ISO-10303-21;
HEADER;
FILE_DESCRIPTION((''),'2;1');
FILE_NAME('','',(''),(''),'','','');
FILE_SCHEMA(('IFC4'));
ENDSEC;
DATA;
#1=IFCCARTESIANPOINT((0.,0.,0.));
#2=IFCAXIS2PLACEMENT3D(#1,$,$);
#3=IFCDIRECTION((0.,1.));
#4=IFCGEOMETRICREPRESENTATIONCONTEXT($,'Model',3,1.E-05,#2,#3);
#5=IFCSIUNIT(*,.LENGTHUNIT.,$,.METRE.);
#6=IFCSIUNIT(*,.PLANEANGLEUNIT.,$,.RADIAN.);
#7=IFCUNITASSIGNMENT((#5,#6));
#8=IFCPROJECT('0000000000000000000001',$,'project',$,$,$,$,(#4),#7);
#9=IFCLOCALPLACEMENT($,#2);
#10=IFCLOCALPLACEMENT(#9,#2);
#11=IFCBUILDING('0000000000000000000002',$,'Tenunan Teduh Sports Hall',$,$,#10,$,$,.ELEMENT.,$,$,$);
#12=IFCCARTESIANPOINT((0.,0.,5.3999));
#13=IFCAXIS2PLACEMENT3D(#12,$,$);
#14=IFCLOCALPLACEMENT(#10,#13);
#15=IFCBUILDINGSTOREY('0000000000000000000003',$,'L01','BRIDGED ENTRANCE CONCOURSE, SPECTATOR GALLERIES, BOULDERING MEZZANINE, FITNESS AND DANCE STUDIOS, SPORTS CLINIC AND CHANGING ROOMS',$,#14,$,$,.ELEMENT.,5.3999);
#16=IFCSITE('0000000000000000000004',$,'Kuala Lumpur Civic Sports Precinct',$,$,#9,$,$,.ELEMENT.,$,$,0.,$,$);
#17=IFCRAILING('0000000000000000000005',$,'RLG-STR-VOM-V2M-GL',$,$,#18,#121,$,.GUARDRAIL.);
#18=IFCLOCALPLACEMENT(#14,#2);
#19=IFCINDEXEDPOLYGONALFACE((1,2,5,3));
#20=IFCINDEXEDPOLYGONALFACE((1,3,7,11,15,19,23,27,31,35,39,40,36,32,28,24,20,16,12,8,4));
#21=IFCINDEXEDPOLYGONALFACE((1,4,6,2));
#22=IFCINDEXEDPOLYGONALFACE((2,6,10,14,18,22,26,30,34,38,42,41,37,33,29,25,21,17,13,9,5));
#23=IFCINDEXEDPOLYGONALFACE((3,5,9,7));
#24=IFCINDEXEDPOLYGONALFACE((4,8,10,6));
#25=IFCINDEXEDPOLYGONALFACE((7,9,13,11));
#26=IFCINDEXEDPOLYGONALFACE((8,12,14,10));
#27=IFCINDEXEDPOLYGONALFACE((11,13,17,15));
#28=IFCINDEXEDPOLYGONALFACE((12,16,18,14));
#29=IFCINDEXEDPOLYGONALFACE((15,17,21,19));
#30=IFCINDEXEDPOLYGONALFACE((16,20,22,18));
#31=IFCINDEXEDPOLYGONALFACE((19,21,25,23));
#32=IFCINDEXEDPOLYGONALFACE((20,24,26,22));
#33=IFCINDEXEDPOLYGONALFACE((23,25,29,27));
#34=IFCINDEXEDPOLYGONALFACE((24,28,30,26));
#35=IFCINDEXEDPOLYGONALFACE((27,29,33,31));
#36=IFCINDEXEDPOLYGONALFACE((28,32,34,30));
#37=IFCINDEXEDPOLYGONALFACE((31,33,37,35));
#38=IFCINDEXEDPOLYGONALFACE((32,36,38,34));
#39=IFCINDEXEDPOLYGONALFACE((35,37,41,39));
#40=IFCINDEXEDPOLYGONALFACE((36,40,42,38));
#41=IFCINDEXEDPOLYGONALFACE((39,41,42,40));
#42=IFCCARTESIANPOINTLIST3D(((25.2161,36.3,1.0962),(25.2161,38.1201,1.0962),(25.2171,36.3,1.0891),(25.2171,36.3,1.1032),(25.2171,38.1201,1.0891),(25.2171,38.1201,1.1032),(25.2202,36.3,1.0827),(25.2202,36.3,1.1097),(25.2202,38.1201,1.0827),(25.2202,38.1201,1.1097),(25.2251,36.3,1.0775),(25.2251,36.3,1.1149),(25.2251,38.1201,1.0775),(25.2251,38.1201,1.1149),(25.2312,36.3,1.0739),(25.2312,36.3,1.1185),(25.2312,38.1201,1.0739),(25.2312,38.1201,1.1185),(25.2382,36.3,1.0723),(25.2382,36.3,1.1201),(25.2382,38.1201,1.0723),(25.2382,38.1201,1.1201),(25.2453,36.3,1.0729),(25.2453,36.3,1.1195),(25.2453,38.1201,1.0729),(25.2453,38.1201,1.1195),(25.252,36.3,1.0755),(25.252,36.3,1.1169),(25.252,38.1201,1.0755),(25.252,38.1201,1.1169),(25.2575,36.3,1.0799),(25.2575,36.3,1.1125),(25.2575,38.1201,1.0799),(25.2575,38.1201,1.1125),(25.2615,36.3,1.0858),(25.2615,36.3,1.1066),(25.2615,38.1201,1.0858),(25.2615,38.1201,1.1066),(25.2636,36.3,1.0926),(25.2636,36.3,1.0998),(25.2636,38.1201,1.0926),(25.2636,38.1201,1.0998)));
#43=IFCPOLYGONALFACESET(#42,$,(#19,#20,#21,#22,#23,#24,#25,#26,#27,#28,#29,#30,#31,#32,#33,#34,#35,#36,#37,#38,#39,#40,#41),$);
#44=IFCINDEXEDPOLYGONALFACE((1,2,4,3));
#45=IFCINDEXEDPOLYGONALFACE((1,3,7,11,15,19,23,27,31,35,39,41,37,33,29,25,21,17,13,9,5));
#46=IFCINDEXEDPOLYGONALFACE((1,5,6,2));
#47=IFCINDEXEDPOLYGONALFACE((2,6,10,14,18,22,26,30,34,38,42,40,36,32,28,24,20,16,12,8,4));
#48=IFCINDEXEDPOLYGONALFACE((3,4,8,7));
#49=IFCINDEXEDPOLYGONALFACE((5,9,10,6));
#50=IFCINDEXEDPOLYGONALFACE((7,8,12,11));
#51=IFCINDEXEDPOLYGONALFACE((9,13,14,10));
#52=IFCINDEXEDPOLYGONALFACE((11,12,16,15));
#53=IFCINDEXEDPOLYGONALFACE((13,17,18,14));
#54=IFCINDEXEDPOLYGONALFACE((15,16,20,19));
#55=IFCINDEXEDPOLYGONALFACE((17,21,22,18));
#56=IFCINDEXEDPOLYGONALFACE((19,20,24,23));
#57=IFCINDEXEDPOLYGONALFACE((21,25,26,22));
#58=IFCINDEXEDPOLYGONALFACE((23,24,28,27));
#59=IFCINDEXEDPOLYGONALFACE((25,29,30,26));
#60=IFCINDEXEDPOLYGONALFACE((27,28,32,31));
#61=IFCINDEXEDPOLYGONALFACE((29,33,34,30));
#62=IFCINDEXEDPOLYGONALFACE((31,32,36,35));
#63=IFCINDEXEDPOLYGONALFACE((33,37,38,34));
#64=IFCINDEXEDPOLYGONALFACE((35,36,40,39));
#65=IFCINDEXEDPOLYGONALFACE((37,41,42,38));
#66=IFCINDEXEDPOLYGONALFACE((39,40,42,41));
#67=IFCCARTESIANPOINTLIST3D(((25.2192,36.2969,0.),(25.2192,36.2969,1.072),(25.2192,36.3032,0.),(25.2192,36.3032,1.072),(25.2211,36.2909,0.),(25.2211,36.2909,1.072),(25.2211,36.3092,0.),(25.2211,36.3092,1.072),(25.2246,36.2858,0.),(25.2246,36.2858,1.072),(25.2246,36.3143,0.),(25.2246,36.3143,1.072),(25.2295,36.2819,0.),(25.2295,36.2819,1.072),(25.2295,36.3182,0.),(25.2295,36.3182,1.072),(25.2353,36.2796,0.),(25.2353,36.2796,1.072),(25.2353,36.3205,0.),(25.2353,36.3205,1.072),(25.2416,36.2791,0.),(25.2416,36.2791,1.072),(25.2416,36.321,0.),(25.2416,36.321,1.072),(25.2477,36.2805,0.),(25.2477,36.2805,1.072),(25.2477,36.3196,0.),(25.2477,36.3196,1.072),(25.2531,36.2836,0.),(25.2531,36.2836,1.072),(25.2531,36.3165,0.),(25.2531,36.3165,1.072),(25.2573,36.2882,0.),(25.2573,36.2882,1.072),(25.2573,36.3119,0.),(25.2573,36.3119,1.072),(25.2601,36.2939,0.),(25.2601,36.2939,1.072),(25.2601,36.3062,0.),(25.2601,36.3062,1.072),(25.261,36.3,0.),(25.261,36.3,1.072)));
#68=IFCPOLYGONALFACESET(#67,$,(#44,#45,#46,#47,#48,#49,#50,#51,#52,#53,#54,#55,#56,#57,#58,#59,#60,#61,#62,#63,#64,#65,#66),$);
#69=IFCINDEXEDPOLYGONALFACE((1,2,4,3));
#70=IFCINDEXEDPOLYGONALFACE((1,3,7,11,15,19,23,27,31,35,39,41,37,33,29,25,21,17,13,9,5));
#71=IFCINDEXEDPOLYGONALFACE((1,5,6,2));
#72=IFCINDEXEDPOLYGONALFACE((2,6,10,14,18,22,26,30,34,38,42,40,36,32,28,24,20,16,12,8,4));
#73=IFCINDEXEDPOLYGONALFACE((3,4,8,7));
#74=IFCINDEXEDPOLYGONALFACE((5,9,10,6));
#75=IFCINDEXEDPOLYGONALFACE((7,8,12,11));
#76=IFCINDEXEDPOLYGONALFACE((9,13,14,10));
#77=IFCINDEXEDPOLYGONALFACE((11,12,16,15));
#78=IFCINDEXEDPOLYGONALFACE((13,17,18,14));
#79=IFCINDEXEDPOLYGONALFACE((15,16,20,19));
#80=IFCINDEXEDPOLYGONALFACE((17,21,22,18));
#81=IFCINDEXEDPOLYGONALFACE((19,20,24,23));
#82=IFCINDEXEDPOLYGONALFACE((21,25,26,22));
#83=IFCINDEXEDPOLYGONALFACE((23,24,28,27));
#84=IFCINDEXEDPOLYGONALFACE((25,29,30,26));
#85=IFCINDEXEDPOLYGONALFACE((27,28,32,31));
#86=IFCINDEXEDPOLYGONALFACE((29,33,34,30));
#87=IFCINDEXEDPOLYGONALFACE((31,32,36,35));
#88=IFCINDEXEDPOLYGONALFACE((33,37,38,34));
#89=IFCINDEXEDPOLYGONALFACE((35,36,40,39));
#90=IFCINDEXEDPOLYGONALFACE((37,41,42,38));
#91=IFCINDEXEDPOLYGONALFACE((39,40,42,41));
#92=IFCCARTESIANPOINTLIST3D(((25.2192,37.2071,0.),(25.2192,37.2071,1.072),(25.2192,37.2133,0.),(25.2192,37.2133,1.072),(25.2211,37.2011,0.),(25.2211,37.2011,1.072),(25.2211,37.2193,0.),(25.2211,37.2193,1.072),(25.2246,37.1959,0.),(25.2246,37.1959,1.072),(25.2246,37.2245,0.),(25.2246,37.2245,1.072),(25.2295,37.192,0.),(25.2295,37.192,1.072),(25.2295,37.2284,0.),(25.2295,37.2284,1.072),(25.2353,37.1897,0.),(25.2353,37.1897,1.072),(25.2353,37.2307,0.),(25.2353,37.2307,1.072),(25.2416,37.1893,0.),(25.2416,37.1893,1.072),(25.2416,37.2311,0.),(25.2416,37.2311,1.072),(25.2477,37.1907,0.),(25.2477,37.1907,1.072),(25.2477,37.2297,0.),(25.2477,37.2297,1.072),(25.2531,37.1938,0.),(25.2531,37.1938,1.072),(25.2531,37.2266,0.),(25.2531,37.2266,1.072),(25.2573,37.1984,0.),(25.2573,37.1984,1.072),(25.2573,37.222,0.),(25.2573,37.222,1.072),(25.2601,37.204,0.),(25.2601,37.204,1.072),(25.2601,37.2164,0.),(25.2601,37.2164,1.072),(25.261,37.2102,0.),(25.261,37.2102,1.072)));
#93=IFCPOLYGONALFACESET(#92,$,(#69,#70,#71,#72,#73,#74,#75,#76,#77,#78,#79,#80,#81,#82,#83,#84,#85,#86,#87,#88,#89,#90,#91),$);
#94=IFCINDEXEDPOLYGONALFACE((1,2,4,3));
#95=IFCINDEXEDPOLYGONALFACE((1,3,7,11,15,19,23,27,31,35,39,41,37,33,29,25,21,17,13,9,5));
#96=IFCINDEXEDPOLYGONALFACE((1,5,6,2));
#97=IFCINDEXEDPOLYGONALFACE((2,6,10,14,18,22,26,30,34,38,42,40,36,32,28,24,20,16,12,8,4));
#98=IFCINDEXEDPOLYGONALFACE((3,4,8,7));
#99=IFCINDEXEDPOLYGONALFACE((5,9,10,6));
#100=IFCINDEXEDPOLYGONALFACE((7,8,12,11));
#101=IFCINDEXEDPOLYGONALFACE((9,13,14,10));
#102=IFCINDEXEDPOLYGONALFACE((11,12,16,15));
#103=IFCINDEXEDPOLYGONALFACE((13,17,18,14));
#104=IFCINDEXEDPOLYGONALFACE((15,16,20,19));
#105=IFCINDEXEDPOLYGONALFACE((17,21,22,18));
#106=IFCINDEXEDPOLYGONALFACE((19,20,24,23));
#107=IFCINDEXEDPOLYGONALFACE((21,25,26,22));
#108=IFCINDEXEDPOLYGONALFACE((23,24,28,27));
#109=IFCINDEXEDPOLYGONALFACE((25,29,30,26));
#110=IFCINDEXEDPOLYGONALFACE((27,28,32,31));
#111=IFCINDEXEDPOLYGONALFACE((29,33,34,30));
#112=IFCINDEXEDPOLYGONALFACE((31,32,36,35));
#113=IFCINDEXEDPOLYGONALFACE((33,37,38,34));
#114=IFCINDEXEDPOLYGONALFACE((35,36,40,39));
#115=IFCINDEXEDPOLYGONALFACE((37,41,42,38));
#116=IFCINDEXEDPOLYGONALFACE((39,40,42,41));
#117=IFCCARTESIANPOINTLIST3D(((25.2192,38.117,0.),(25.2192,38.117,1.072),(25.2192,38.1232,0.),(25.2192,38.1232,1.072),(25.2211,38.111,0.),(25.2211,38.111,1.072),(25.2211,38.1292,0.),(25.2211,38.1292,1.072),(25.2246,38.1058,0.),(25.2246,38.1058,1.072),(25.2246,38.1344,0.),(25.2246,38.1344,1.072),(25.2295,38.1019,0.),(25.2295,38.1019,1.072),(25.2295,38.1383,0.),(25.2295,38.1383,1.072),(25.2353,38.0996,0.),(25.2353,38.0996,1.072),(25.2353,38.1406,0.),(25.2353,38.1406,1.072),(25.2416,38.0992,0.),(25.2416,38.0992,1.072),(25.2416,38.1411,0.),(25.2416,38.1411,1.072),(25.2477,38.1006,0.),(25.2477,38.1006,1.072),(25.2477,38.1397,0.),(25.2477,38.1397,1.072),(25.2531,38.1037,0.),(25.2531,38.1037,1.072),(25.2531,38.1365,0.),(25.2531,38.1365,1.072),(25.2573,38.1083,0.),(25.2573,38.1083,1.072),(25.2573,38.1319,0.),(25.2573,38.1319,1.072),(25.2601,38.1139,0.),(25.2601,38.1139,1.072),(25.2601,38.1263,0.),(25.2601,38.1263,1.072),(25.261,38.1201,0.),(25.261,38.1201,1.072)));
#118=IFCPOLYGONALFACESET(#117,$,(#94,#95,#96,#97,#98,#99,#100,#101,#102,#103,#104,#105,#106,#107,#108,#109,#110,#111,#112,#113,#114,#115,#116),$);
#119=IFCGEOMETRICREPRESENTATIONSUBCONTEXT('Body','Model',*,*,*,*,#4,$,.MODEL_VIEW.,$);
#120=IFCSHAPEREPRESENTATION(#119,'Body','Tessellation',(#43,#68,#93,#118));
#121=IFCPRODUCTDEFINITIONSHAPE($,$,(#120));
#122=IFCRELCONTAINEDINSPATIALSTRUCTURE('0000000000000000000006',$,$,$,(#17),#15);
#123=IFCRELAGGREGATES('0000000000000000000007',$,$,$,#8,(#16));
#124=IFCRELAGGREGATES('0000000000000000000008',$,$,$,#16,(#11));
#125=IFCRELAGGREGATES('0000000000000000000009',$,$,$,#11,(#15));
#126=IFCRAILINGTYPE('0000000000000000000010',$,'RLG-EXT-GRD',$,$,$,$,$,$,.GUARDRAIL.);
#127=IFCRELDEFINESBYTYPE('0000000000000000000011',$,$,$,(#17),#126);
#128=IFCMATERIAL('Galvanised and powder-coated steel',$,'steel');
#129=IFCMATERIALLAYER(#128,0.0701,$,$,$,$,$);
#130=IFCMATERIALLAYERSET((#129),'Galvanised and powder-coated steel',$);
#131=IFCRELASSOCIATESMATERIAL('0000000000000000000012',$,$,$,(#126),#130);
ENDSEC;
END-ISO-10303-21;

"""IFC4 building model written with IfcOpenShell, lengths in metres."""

from ifc_helpers import new_model, si_unit, direction, frame, origin, origin_2d, place, context, subcontext, project, spatial, circle, extrude, material, layer, layer_set, type_object, element, save


model = new_model("IFC4")

# Units and contexts
model_context = context("Model", 3, precision=1e-05, world=origin(), true_north=direction((0.0, 1.0)))
body_context = subcontext(model_context, "Body", "Model", "MODEL_VIEW")
ifc_project = project(units=[si_unit("LENGTHUNIT", "METRE"), si_unit("PLANEANGLEUNIT", "RADIAN")], contexts=[model_context])

# Site, building, storey
site_placement = place(None, origin())
site = spatial("IfcSite", under=ifc_project, at=site_placement, Name="Kuala Lumpur Civic Sports Precinct", CompositionType="ELEMENT", RefElevation=0.0)
building_placement = place(site_placement, origin())
building = spatial("IfcBuilding", under=site, at=building_placement, Name="Tenunan Teduh Sports Hall", CompositionType="ELEMENT")
storey_placement = place(building_placement, frame((0.0, 0.0, 5.3999)))
storey = spatial("IfcBuildingStorey", under=building, at=storey_placement, Name="L01", Description="BRIDGED ENTRANCE CONCOURSE, SPECTATOR GALLERIES, BOULDERING MEZZANINE, FITNESS AND DANCE STUDIOS, SPORTS CLINIC AND CHANGING ROOMS", CompositionType="ELEMENT", Elevation=5.3999)

# Railing
ifc_material_1 = material(Name="Galvanised and powder-coated steel", Category="steel")
ifc_layer_1 = layer(ifc_material_1, 0.0701)
ifc_layer_set_1 = layer_set([ifc_layer_1], Name="Galvanised and powder-coated steel")
railing_type = type_object("IfcRailingType", Name="RLG-EXT-GRD", PredefinedType="GUARDRAIL", material=ifc_layer_set_1)
for number, where, name in (
    (1, (25.24, 36.3, 0.0), "RLG-STR-VOM-V2M-GL"),
):
    element("IfcRailing", number, at=place(storey_placement, frame(where)), inside=storey, type_object=railing_type, Name=name, PredefinedType="GUARDRAIL", context=body_context, shape_type="SweptSolid", body=[
        extrude(circle(Radius=0.0239, at=origin_2d()), frame((0.0, 0.0, 1.0962), z_axis=(0.0, 1.0, 0.0), x_axis=(-1.0, 0.0, 0.0)), (0.0, 0.0, 1.0), 1.8201),
        extrude(circle(Radius=0.021, at=origin_2d()), origin(), (0.0, 0.0, 1.0), 1.072),
        extrude(circle(Radius=0.021, at=origin_2d()), frame((0.0, 0.9102, 0.0)), (0.0, 0.0, 1.0), 1.072),
        extrude(circle(Radius=0.021, at=origin_2d()), frame((0.0, 1.8201, 0.0)), (0.0, 0.0, 1.0), 1.072),
    ])

save(model, "model.ifc")
